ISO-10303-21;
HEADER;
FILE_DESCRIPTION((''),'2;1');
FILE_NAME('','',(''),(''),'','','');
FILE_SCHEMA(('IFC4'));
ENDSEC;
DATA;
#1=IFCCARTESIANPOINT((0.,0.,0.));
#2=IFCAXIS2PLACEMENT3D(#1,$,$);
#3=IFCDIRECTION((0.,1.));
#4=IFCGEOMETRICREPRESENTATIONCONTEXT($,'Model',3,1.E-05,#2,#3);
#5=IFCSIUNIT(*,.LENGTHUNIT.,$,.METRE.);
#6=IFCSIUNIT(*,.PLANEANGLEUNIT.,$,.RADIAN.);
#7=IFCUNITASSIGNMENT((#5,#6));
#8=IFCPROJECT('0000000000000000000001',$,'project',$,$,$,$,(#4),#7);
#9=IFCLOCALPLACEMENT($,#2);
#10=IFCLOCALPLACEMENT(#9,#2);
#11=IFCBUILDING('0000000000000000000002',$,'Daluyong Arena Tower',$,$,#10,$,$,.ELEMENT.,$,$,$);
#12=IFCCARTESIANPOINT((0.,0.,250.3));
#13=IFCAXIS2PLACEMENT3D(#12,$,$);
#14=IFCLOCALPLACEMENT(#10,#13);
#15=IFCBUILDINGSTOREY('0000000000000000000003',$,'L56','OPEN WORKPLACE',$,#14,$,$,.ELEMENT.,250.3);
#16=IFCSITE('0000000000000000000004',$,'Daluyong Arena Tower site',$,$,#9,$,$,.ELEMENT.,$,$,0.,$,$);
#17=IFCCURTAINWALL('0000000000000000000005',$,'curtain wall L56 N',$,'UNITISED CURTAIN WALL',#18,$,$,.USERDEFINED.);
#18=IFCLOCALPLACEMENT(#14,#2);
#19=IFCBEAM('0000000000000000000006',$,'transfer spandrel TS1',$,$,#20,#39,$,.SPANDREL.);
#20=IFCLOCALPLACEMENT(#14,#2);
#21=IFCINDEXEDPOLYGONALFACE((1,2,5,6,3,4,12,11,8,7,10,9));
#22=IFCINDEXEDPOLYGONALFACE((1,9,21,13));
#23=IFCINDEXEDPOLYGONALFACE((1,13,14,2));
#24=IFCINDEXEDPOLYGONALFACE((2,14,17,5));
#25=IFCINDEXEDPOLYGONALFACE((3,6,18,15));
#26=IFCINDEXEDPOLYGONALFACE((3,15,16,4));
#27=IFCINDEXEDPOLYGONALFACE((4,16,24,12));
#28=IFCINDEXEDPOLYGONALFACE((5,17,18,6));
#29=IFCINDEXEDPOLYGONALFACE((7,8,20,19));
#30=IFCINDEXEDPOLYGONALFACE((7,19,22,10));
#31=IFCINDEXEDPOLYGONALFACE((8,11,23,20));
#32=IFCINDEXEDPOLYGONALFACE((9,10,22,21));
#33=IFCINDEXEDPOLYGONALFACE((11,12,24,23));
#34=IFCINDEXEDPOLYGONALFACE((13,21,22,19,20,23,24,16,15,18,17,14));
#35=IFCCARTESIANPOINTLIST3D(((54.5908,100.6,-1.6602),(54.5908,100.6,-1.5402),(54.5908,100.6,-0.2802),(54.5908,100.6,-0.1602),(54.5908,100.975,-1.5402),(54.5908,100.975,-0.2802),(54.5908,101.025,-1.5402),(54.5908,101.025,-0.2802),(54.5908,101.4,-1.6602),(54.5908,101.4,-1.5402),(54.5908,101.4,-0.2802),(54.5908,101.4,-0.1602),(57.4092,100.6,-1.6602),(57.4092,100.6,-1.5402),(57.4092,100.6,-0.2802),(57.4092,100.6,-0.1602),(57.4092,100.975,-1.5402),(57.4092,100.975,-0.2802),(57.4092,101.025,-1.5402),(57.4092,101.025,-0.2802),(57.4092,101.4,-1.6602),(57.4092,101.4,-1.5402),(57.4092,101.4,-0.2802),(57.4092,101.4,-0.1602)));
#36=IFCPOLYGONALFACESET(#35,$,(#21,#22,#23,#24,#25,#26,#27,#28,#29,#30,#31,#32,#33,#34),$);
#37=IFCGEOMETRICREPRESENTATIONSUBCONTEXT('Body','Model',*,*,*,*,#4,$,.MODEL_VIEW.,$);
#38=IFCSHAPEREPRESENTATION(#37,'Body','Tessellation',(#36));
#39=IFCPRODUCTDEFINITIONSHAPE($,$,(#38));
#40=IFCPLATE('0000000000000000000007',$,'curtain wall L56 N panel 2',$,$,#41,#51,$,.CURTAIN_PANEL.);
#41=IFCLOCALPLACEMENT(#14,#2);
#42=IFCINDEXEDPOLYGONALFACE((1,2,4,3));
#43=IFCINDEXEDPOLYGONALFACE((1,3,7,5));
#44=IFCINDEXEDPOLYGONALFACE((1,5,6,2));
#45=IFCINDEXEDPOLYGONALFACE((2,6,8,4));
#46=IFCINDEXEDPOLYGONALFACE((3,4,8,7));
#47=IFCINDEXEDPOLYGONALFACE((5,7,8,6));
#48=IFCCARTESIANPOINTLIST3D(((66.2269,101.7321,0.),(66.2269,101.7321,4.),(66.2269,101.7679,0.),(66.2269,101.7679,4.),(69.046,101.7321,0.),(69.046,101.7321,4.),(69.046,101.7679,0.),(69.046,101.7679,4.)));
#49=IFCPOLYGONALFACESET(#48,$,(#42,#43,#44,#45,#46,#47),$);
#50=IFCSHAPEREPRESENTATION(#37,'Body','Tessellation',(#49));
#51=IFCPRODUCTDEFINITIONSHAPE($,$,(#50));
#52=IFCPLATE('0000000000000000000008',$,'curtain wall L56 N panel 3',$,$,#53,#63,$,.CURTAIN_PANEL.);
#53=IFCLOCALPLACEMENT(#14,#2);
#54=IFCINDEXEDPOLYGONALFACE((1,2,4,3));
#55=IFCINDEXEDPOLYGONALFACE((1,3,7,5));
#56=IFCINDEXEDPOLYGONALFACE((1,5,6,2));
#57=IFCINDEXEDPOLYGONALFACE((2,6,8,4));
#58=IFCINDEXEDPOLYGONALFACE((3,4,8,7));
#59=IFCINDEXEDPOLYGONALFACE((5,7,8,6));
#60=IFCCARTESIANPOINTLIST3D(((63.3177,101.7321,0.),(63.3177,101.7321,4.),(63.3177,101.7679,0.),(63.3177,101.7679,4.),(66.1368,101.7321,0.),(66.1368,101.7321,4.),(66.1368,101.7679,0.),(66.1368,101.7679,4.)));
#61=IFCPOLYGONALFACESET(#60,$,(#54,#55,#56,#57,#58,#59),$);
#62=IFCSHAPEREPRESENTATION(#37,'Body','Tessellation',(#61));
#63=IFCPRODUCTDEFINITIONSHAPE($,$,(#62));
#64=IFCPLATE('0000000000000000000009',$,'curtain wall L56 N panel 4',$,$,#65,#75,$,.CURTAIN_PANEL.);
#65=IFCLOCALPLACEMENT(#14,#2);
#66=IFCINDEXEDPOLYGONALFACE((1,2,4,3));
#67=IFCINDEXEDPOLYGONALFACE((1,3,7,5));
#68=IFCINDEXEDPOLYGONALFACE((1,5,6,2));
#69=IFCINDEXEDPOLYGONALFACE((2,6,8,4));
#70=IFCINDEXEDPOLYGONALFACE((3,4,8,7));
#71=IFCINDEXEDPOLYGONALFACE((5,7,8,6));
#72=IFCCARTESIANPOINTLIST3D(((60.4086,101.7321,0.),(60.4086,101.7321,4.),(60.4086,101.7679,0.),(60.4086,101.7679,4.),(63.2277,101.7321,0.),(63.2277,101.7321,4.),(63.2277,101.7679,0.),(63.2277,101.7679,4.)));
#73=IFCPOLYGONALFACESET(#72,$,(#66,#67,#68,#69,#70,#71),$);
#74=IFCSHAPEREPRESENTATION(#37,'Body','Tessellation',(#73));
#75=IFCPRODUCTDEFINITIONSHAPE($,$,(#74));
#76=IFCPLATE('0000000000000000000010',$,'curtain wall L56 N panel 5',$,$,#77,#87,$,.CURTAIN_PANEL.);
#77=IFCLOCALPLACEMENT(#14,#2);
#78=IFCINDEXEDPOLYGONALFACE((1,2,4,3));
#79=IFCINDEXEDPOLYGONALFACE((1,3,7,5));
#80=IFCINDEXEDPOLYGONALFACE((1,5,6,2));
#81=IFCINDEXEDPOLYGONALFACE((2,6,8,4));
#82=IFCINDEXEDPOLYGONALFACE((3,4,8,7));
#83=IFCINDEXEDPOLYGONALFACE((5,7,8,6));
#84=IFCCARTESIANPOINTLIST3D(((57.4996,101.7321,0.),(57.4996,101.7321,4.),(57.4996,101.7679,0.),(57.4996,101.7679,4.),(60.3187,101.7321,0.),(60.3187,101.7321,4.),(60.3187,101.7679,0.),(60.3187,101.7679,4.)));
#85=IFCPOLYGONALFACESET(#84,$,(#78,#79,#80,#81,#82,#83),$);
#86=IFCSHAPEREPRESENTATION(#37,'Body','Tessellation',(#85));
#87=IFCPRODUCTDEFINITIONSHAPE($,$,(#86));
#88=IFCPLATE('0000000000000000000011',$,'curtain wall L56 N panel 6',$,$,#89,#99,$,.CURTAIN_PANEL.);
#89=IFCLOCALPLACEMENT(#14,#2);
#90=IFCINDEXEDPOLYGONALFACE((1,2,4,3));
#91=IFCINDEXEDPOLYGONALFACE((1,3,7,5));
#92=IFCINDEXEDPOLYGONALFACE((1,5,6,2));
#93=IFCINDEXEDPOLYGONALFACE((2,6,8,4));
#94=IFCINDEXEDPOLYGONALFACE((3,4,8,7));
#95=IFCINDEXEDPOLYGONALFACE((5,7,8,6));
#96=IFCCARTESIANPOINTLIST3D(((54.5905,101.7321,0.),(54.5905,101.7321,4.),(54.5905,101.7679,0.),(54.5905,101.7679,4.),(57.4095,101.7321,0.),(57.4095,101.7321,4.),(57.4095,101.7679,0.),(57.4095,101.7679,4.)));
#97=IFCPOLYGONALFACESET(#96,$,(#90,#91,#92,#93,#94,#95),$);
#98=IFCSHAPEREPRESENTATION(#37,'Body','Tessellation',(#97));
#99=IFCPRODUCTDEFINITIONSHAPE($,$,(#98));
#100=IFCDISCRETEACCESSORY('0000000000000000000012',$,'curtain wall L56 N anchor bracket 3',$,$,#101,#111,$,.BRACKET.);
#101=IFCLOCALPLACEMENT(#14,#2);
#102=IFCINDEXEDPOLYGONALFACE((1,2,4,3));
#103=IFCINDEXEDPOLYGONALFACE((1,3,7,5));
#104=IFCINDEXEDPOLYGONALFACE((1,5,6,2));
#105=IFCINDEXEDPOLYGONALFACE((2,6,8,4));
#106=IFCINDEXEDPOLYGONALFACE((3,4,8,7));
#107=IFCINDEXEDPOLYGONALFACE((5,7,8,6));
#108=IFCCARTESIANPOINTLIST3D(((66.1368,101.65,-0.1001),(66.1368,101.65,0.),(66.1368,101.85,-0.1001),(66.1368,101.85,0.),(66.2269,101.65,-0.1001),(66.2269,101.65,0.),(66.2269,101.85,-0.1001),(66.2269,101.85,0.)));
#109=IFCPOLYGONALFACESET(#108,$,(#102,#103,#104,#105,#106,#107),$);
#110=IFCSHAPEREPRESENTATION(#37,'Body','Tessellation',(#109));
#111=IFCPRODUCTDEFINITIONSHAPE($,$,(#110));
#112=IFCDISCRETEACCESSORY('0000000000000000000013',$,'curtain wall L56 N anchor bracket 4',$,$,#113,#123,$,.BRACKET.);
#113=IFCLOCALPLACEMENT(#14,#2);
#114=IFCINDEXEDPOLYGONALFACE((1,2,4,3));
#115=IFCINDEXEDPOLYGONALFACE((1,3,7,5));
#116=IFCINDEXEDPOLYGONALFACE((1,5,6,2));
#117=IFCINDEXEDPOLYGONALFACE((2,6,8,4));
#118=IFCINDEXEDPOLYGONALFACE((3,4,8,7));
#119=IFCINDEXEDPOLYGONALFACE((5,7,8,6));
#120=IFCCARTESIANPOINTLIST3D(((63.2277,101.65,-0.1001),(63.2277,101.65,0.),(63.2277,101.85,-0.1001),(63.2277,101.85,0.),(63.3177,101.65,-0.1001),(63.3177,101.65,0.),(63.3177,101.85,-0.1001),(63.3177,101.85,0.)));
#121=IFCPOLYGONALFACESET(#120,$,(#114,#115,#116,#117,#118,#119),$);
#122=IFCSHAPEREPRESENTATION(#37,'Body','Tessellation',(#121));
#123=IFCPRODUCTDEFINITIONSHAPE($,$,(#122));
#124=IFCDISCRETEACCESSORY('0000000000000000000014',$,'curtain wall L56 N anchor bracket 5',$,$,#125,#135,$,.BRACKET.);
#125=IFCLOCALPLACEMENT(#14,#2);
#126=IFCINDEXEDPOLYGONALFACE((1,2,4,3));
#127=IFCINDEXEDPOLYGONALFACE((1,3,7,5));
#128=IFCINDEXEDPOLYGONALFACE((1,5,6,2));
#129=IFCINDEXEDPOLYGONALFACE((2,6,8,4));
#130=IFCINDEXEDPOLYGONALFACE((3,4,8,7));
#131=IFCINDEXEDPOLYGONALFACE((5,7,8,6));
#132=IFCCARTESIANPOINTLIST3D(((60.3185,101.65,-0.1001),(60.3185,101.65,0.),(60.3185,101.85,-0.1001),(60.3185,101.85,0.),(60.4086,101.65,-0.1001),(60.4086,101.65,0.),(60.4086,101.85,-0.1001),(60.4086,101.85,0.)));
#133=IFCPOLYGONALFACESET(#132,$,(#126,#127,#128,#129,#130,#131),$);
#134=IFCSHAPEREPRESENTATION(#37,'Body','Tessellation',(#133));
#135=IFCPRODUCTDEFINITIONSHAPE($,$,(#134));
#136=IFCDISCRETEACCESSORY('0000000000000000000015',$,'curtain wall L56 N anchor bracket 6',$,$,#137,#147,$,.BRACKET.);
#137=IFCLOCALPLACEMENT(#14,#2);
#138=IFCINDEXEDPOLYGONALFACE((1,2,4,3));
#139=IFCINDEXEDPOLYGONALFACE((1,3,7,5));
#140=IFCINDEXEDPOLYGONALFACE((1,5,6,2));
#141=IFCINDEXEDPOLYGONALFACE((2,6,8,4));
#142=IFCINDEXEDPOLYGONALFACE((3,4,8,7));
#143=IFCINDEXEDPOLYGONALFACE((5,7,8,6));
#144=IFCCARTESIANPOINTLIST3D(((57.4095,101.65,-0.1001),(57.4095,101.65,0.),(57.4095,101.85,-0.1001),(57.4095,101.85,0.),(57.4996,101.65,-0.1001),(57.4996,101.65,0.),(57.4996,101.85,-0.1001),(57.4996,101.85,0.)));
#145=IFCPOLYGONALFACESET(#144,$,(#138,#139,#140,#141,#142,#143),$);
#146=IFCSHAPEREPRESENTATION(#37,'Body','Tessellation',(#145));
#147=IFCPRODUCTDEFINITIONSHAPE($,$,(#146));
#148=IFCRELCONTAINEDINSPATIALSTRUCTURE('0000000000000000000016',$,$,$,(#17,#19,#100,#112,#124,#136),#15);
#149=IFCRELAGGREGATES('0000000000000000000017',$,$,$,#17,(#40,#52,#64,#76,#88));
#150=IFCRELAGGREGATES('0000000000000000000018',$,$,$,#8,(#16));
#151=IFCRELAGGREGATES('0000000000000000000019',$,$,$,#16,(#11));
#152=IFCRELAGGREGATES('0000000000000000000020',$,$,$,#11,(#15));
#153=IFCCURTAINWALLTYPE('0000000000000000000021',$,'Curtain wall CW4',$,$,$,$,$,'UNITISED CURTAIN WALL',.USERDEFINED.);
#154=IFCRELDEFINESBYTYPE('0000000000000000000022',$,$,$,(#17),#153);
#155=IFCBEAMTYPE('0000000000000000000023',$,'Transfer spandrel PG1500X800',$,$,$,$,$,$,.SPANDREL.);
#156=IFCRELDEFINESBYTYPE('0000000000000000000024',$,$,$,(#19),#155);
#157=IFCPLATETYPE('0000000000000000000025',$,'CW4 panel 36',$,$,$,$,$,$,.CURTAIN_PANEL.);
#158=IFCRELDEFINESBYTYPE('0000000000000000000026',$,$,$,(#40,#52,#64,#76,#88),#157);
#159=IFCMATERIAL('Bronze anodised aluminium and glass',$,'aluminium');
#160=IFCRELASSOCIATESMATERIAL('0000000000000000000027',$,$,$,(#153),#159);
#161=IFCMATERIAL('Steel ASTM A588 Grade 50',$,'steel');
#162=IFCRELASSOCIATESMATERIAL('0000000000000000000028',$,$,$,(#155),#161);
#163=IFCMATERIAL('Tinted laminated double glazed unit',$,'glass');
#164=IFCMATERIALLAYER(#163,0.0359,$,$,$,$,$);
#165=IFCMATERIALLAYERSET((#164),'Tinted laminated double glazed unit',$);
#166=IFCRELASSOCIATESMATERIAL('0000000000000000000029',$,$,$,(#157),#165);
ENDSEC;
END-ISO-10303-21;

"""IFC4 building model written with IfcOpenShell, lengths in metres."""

from ifc_helpers import new_model, si_unit, direction, frame, origin, origin_2d, place, context, subcontext, project, spatial, rectangle, i_section, extrude, material, layer, layer_set, material_profile, profile_set, type_object, element, aggregate, save


model = new_model("IFC4")

# Units and contexts
model_context = context("Model", 3, precision=1e-05, world=origin(), true_north=direction((0.0, 1.0)))
body_context = subcontext(model_context, "Body", "Model", "MODEL_VIEW")
ifc_project = project(units=[si_unit("LENGTHUNIT", "METRE"), si_unit("PLANEANGLEUNIT", "RADIAN")], contexts=[model_context])

# Site, building, storey
site_placement = place(None, origin())
site = spatial("IfcSite", under=ifc_project, at=site_placement, Name="Daluyong Arena Tower site", CompositionType="ELEMENT", RefElevation=0.0)
building_placement = place(site_placement, origin())
building = spatial("IfcBuilding", under=site, at=building_placement, Name="Daluyong Arena Tower", CompositionType="ELEMENT")
storey_placement = place(building_placement, frame((0.0, 0.0, 250.3)))
storey = spatial("IfcBuildingStorey", under=building, at=storey_placement, Name="L56", Description="OPEN WORKPLACE", CompositionType="ELEMENT", Elevation=250.3)

# Curtain wall
ifc_material_1 = material(Name="Bronze anodised aluminium and glass", Category="aluminium")
curtain_wall_type = type_object("IfcCurtainWallType", Name="Curtain wall CW4", ElementType="UNITISED CURTAIN WALL", PredefinedType="USERDEFINED", material=ifc_material_1)
curtain_wall_placement = place(storey_placement, origin())
curtain_wall = element("IfcCurtainWall", 1, at=curtain_wall_placement, inside=storey, type_object=curtain_wall_type, Name="curtain wall L56 N", ObjectType="UNITISED CURTAIN WALL", PredefinedType="USERDEFINED")

# Beam
ifc_material_2 = material(Name="Steel ASTM A588 Grade 50", Category="steel")
ifc_material_profile_1 = material_profile(ifc_material_2, i_section(OverallWidth=0.8, OverallDepth=1.5, WebThickness=0.05, FlangeThickness=0.12, at=origin_2d()))
ifc_profile_set_1 = profile_set([ifc_material_profile_1], Name="Steel ASTM A588 Grade 50")
beam_type_1 = type_object("IfcBeamType", Name="Transfer spandrel PG1500X800", PredefinedType="SPANDREL", material=ifc_profile_set_1)
beam_1_placement = place(storey_placement, frame((57.4092, 101.0, -0.9102), z_axis=(-1.0, 0.0, 0.0), x_axis=(0.0, -1.0, 0.0)))
element("IfcBeam", 2, at=beam_1_placement, inside=storey, type_object=beam_type_1, Name="transfer spandrel TS1", PredefinedType="SPANDREL", context=body_context, shape_type="SweptSolid", body=[
    extrude(i_section(OverallWidth=0.8, OverallDepth=1.5, WebThickness=0.05, FlangeThickness=0.12, at=origin_2d()), origin(), (0.0, 0.0, 1.0), 2.8184),
])

# Plates
ifc_material_3 = material(Name="Tinted laminated double glazed unit", Category="glass")
ifc_layer = layer(ifc_material_3, 0.0359)
ifc_layer_set = layer_set([ifc_layer], Name="Tinted laminated double glazed unit")
plate_type = type_object("IfcPlateType", Name="CW4 panel 36", PredefinedType="CURTAIN_PANEL", material=ifc_layer_set)
plate_1_placement = place(storey_placement, frame((67.6365, 101.75, 0.0), z_axis=(0.0, 0.0, 1.0), x_axis=(-1.0, 0.0, 0.0)))
plate_1 = element("IfcPlate", 3, at=plate_1_placement, type_object=plate_type, Name="curtain wall L56 N panel 2", PredefinedType="CURTAIN_PANEL", context=body_context, shape_type="SweptSolid", body=[
    extrude(rectangle(XDim=2.8191, YDim=0.0359, at=origin_2d()), origin(), (0.0, 0.0, 1.0), 4.0),
])
plate_2_placement = place(storey_placement, frame((64.7273, 101.75, 0.0), z_axis=(0.0, 0.0, 1.0), x_axis=(-1.0, 0.0, 0.0)))
plate_2 = element("IfcPlate", 4, at=plate_2_placement, type_object=plate_type, Name="curtain wall L56 N panel 3", PredefinedType="CURTAIN_PANEL", context=body_context, shape_type="SweptSolid", body=[
    extrude(rectangle(XDim=2.8191, YDim=0.0359, at=origin_2d()), origin(), (0.0, 0.0, 1.0), 4.0),
])
plate_3_placement = place(storey_placement, frame((61.8181, 101.75, 0.0), z_axis=(0.0, 0.0, 1.0), x_axis=(-1.0, 0.0, 0.0)))
plate_3 = element("IfcPlate", 5, at=plate_3_placement, type_object=plate_type, Name="curtain wall L56 N panel 4", PredefinedType="CURTAIN_PANEL", context=body_context, shape_type="SweptSolid", body=[
    extrude(rectangle(XDim=2.8191, YDim=0.0359, at=origin_2d()), origin(), (0.0, 0.0, 1.0), 4.0),
])
plate_4_placement = place(storey_placement, frame((58.9092, 101.75, 0.0), z_axis=(0.0, 0.0, 1.0), x_axis=(-1.0, 0.0, 0.0)))
plate_4 = element("IfcPlate", 6, at=plate_4_placement, type_object=plate_type, Name="curtain wall L56 N panel 5", PredefinedType="CURTAIN_PANEL", context=body_context, shape_type="SweptSolid", body=[
    extrude(rectangle(XDim=2.8191, YDim=0.0359, at=origin_2d()), origin(), (0.0, 0.0, 1.0), 4.0),
])
plate_5_placement = place(storey_placement, frame((56.0, 101.75, 0.0), z_axis=(0.0, 0.0, 1.0), x_axis=(-1.0, 0.0, 0.0)))
plate_5 = element("IfcPlate", 7, at=plate_5_placement, type_object=plate_type, Name="curtain wall L56 N panel 6", PredefinedType="CURTAIN_PANEL", context=body_context, shape_type="SweptSolid", body=[
    extrude(rectangle(XDim=2.8191, YDim=0.0359, at=origin_2d()), origin(), (0.0, 0.0, 1.0), 4.0),
])
aggregate(curtain_wall, [plate_1, plate_2, plate_3, plate_4, plate_5])

# Discrete accessories
for number, where, z_axis, x_axis, name in (
    (8, (66.1819, 101.75, -0.1001), (0.0, 0.0, 1.0), (-1.0, 0.0, 0.0), "curtain wall L56 N anchor bracket 3"),
    (9, (63.2727, 101.75, -0.1001), (0.0, 0.0, 1.0), (-1.0, 0.0, 0.0), "curtain wall L56 N anchor bracket 4"),
    (10, (60.3635, 101.75, -0.1001), (0.0, 0.0, 1.0), (-1.0, 0.0, 0.0), "curtain wall L56 N anchor bracket 5"),
    (11, (57.4546, 101.75, -0.1001), (0.0, 0.0, 1.0), (-1.0, 0.0, 0.0), "curtain wall L56 N anchor bracket 6"),
):
    element("IfcDiscreteAccessory", number, at=place(storey_placement, frame(where, z_axis=z_axis, x_axis=x_axis)), inside=storey, Name=name, PredefinedType="BRACKET", context=body_context, shape_type="SweptSolid", body=[
        extrude(rectangle(XDim=0.0901, YDim=0.2, at=origin_2d()), origin(), (0.0, 0.0, 1.0), 0.1001),
    ])

save(model, "model.ifc")
